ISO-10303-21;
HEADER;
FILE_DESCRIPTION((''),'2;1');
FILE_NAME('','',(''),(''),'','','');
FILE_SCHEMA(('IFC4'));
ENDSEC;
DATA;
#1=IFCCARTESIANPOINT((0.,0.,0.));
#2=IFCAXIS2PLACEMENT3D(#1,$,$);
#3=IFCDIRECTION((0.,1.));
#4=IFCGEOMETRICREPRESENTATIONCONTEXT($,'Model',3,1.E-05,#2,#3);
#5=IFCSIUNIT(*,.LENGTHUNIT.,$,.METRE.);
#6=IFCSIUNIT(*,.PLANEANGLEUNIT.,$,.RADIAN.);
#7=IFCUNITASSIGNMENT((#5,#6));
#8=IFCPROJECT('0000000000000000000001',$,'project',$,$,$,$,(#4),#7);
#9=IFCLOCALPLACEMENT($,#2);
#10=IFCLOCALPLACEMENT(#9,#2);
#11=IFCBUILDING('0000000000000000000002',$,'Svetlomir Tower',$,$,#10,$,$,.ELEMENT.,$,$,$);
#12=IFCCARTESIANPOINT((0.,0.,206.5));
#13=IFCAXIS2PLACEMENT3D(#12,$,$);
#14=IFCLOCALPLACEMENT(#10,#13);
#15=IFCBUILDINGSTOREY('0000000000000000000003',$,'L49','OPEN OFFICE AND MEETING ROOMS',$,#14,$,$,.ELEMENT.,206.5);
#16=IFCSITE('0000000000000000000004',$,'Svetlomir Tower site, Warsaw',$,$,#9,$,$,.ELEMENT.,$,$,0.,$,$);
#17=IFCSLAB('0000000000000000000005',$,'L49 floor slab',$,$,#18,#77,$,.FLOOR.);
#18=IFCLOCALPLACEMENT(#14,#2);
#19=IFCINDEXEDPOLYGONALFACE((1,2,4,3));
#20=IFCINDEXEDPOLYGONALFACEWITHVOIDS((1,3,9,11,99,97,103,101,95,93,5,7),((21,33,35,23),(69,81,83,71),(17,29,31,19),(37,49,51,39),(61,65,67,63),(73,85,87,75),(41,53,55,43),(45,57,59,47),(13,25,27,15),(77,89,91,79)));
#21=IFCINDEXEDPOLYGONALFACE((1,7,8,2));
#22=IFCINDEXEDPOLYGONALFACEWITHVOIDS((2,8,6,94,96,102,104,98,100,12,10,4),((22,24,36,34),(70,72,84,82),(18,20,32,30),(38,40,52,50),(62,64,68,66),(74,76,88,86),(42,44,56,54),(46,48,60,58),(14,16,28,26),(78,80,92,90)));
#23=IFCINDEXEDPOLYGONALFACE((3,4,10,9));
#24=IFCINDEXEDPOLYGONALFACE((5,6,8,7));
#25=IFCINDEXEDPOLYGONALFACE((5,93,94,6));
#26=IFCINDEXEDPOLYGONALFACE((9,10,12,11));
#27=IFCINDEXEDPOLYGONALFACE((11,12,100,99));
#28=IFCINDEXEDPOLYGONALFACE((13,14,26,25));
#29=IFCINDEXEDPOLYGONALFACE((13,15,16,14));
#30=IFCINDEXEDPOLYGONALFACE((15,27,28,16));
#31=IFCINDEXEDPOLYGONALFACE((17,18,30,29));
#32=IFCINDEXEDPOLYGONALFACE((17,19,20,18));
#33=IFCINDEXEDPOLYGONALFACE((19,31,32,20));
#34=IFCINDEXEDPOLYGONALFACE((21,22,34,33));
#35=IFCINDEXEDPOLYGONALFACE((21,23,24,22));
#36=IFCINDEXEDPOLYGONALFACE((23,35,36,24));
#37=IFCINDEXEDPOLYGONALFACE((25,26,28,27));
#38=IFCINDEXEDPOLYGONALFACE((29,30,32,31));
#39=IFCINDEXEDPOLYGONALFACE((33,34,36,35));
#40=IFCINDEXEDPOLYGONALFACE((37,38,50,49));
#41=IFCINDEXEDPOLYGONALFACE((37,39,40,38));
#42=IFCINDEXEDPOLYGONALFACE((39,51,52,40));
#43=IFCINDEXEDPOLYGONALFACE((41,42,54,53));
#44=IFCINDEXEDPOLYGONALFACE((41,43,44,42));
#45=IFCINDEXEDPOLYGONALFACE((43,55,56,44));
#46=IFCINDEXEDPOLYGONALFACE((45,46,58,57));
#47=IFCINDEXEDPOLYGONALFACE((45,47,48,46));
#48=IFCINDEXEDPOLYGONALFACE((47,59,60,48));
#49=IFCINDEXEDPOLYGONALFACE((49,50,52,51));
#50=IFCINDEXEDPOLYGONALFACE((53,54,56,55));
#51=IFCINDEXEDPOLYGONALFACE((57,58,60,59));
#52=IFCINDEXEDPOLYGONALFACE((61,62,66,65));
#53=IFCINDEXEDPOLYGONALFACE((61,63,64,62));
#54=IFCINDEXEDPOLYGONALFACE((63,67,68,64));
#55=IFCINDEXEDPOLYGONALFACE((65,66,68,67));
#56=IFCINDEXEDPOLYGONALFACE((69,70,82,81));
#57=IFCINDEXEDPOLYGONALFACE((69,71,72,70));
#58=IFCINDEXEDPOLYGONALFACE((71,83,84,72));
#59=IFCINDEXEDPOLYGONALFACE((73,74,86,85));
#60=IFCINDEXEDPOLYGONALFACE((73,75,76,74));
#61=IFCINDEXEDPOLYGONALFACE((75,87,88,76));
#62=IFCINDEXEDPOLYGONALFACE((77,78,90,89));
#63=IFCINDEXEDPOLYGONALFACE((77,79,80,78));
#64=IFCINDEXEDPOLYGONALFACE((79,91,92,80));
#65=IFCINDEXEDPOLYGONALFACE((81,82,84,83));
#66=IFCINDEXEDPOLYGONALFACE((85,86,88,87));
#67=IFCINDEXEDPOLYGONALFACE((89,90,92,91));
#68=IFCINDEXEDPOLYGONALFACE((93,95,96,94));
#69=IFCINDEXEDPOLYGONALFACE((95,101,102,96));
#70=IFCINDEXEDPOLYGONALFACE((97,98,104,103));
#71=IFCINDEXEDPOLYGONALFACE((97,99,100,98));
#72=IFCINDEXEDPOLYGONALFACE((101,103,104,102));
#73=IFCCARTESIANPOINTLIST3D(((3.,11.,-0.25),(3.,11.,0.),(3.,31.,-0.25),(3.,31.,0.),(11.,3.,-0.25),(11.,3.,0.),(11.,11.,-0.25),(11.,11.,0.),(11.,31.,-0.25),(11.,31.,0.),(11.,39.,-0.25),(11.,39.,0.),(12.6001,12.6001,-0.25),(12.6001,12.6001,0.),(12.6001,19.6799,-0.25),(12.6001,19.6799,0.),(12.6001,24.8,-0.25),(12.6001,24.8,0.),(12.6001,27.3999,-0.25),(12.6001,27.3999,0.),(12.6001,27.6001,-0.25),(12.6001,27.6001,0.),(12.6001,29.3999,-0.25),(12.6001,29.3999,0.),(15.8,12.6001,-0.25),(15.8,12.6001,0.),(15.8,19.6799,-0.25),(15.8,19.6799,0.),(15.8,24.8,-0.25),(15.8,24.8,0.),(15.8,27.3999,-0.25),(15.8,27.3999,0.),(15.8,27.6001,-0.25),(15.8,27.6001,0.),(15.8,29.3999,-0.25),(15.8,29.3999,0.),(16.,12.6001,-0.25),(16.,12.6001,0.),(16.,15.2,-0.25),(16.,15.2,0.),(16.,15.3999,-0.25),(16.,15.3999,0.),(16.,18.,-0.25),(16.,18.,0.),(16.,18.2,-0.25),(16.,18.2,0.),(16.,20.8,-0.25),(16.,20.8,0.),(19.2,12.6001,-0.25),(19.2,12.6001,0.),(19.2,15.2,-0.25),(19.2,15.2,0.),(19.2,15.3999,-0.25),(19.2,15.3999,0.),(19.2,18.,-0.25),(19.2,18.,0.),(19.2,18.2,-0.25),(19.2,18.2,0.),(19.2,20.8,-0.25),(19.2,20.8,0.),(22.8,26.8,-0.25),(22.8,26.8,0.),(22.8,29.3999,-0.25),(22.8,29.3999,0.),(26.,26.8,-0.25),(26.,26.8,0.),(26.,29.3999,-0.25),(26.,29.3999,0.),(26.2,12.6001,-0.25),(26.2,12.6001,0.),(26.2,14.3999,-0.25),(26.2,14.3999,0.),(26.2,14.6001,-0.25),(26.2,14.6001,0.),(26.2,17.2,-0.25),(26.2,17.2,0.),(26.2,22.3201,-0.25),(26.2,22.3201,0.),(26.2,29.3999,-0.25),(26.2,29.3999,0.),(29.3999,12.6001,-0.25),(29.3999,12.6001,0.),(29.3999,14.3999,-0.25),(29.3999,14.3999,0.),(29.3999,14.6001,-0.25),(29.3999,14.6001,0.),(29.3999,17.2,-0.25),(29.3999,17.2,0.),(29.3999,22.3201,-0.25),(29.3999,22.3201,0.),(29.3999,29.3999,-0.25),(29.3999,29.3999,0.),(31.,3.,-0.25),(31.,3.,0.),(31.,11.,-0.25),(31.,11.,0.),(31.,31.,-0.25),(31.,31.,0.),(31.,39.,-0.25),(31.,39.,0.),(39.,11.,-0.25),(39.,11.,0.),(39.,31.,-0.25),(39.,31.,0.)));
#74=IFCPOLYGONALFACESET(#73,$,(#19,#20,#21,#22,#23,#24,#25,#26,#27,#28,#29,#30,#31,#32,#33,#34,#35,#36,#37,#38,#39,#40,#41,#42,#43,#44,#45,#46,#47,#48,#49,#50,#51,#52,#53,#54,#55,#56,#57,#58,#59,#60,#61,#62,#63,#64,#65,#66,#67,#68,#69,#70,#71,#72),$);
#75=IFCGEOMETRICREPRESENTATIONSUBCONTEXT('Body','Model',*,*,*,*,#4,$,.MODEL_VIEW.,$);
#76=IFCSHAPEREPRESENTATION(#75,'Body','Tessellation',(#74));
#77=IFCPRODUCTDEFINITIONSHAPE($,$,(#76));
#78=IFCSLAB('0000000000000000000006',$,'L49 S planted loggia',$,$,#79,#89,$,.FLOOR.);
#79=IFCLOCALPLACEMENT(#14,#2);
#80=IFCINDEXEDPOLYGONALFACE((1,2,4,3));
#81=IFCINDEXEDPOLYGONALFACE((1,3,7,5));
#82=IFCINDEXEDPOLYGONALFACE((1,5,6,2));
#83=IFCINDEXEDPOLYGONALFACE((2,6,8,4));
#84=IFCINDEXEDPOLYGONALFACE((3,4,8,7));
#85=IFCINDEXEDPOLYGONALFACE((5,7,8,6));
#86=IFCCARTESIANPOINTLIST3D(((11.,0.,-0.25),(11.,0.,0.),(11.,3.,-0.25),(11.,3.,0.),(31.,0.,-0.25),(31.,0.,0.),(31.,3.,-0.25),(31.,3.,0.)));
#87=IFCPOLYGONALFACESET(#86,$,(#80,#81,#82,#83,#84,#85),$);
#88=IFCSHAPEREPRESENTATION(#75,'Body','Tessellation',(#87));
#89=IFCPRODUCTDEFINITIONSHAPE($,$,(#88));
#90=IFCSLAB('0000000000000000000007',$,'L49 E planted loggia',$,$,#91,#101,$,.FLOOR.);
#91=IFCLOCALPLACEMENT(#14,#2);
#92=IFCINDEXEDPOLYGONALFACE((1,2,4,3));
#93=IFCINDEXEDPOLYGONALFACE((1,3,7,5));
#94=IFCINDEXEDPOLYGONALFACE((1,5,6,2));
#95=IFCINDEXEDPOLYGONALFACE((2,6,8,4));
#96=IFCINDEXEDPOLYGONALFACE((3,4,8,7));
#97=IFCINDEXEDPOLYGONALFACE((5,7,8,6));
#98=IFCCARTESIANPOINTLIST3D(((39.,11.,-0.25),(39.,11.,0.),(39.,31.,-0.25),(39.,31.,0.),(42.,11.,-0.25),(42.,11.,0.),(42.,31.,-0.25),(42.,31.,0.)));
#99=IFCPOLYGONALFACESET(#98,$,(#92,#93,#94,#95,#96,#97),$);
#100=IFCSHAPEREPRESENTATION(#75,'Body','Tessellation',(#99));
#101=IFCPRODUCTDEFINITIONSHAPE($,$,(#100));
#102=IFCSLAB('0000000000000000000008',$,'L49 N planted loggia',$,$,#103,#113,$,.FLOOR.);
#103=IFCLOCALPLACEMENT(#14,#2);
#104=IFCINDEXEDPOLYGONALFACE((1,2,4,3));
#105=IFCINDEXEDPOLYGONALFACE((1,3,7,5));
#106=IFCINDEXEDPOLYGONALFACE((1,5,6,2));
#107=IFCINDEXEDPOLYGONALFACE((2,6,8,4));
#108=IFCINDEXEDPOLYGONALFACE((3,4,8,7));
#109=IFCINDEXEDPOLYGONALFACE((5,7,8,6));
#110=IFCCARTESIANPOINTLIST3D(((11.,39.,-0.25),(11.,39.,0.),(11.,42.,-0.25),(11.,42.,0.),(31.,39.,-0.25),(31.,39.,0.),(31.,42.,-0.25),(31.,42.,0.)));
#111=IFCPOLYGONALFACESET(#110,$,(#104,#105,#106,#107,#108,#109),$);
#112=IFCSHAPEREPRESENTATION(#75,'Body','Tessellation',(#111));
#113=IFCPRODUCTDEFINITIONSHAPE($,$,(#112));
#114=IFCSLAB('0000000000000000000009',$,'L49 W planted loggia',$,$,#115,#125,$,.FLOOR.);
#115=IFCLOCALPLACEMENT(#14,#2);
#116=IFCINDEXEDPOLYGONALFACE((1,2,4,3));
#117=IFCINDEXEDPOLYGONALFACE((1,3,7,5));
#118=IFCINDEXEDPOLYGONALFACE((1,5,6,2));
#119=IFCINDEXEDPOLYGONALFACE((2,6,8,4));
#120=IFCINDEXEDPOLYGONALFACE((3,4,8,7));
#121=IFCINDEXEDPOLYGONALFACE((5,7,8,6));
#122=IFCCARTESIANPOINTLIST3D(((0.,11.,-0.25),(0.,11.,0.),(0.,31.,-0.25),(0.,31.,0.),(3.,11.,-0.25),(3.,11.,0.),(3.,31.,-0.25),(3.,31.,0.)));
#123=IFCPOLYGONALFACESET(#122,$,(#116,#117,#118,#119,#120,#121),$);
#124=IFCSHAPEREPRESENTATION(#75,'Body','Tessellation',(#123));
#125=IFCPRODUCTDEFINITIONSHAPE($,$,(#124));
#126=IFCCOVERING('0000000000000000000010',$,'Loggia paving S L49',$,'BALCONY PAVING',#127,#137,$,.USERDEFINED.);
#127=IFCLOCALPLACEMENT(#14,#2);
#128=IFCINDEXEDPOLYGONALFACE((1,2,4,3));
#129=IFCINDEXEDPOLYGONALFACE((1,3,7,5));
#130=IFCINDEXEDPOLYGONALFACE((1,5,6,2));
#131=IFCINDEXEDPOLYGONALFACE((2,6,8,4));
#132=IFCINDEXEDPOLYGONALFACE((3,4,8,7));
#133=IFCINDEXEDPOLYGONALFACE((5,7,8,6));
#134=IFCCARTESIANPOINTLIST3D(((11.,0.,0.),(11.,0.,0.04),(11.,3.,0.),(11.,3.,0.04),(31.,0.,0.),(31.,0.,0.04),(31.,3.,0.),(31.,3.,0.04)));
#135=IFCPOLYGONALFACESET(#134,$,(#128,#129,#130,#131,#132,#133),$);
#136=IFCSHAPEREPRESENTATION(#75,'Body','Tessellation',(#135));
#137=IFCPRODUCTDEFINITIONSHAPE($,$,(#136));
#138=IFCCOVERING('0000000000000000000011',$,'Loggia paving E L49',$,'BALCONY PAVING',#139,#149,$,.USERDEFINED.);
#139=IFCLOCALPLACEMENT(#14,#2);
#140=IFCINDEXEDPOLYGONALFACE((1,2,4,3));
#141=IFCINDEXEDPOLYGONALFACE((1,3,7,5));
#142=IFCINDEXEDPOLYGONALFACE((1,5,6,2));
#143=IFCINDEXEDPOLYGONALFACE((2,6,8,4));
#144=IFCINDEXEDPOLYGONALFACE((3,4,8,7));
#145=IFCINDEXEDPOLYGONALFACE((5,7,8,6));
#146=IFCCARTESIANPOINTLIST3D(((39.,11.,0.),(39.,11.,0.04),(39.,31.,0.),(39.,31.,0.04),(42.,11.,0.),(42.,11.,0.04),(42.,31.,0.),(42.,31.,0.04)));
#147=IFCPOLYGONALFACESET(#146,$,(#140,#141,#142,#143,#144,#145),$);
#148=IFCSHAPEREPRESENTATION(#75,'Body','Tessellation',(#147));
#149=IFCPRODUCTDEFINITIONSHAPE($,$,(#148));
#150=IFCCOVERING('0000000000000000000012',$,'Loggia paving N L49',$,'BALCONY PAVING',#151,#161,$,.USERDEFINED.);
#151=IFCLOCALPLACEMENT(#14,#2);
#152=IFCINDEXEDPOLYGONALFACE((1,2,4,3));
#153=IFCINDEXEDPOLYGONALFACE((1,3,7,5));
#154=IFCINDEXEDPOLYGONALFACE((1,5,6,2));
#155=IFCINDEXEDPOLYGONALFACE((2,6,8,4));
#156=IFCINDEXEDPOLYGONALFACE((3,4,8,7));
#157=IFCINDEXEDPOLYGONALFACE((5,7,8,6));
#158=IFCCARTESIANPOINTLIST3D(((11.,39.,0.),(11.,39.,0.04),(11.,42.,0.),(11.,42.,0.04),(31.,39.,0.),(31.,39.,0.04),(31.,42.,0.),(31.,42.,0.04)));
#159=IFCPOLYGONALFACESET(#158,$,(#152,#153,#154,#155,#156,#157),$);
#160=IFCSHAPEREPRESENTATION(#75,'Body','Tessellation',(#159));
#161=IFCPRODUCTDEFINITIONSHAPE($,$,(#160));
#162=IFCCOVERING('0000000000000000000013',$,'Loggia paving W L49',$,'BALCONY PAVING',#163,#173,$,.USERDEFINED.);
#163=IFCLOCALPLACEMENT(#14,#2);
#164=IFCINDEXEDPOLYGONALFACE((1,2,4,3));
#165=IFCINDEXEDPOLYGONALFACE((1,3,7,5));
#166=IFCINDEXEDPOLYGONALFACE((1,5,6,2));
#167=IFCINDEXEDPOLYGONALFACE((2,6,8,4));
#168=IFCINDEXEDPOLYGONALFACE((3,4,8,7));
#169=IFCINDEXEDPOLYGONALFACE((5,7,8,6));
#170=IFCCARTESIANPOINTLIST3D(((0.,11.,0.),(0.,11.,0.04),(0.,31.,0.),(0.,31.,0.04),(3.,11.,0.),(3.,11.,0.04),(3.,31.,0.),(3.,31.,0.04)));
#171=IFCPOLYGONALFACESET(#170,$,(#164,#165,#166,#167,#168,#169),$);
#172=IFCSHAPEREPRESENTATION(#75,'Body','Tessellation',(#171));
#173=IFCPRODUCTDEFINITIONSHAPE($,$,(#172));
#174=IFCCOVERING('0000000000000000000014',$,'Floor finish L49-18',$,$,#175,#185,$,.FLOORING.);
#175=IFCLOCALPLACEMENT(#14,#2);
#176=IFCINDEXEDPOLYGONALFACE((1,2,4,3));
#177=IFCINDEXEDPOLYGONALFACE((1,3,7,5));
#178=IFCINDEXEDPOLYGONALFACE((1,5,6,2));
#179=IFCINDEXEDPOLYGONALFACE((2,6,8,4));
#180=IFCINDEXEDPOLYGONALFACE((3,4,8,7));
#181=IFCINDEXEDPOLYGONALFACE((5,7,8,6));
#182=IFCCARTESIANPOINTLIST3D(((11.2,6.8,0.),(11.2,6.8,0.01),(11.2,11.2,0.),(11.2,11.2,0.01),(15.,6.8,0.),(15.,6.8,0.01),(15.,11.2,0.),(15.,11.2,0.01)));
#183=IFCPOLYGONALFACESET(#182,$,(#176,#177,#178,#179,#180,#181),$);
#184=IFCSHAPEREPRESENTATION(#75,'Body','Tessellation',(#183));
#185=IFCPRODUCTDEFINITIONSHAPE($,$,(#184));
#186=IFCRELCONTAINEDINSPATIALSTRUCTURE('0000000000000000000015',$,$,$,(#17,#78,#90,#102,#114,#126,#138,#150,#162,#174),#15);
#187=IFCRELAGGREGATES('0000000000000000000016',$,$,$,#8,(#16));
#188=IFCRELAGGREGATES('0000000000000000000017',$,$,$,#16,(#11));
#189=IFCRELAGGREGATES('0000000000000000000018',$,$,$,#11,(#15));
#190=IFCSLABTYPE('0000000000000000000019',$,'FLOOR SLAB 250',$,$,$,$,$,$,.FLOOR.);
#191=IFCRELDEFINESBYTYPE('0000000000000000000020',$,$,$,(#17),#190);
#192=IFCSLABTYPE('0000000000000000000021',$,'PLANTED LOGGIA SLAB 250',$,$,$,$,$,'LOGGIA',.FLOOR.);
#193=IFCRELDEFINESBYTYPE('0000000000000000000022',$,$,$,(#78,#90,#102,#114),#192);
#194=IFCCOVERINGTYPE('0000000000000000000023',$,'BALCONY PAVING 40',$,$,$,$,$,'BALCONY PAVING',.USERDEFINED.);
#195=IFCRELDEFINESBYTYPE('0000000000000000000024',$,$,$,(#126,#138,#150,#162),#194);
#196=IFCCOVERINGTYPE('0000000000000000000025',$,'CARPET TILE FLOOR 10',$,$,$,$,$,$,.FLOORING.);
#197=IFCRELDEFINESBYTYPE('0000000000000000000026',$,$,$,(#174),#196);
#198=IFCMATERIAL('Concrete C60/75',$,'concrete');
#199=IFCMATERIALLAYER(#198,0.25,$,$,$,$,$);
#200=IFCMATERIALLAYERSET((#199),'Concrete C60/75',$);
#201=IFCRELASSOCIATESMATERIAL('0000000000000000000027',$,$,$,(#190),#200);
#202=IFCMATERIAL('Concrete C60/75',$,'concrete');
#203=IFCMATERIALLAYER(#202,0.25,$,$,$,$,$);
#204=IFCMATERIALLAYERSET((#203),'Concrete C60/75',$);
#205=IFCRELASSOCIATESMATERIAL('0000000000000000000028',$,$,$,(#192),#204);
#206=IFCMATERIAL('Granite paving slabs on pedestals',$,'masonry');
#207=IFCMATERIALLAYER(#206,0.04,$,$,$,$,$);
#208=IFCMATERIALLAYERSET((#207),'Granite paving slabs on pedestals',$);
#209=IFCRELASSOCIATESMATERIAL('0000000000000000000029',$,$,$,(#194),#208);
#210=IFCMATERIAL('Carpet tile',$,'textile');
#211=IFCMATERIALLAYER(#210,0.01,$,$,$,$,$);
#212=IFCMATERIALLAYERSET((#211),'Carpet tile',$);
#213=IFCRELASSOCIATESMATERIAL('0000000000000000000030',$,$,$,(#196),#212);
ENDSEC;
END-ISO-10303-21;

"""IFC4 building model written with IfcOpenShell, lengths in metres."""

from ifc_helpers import new_model, si_unit, direction, frame, origin, place, context, subcontext, project, spatial, polyline, outline, extrude, material, layer, layer_set, type_object, element, save


model = new_model("IFC4")

# Units and contexts
model_context = context("Model", 3, precision=1e-05, world=origin(), true_north=direction((0.0, 1.0)))
body_context = subcontext(model_context, "Body", "Model", "MODEL_VIEW")
ifc_project = project(units=[si_unit("LENGTHUNIT", "METRE"), si_unit("PLANEANGLEUNIT", "RADIAN")], contexts=[model_context])

# Site, building, storey
site_placement = place(None, origin())
site = spatial("IfcSite", under=ifc_project, at=site_placement, Name="Svetlomir Tower site, Warsaw", CompositionType="ELEMENT", RefElevation=0.0)
building_placement = place(site_placement, origin())
building = spatial("IfcBuilding", under=site, at=building_placement, Name="Svetlomir Tower", CompositionType="ELEMENT")
storey_placement = place(building_placement, frame((0.0, 0.0, 206.5)))
storey = spatial("IfcBuildingStorey", under=building, at=storey_placement, Name="L49", Description="OPEN OFFICE AND MEETING ROOMS", CompositionType="ELEMENT", Elevation=206.5)

# Slabs
ifc_material_1 = material(Name="Concrete C60/75", Category="concrete")
ifc_layer_1 = layer(ifc_material_1, 0.25)
ifc_layer_set_1 = layer_set([ifc_layer_1], Name="Concrete C60/75")
slab_type_1 = type_object("IfcSlabType", Name="FLOOR SLAB 250", PredefinedType="FLOOR", material=ifc_layer_set_1)
slab_1_placement = place(storey_placement, frame((0.0, 0.0, -0.25)))
element("IfcSlab", 1, at=slab_1_placement, inside=storey, type_object=slab_type_1, Name="L49 floor slab", PredefinedType="FLOOR", context=body_context, shape_type="SweptSolid", body=[
    extrude(outline(polyline([(11.0, 3.0), (31.0, 3.0), (31.0, 11.0), (39.0, 11.0), (39.0, 31.0), (31.0, 31.0), (31.0, 39.0), (11.0, 39.0), (11.0, 31.0), (3.0, 31.0), (3.0, 11.0), (11.0, 11.0), (11.0, 3.0)]), holes=[polyline([(12.6001, 24.8), (15.8, 24.8), (15.8, 27.3999), (12.6001, 27.3999), (12.6001, 24.8)]), polyline([(26.2, 14.6001), (29.3999, 14.6001), (29.3999, 17.2), (26.2, 17.2), (26.2, 14.6001)]), polyline([(16.0, 12.6001), (19.2, 12.6001), (19.2, 15.2), (16.0, 15.2), (16.0, 12.6001)]), polyline([(16.0, 15.3999), (19.2, 15.3999), (19.2, 18.0), (16.0, 18.0), (16.0, 15.3999)]), polyline([(16.0, 18.2), (19.2, 18.2), (19.2, 20.8), (16.0, 20.8), (16.0, 18.2)]), polyline([(22.8, 26.8), (26.0, 26.8), (26.0, 29.3999), (22.8, 29.3999), (22.8, 26.8)]), polyline([(12.6001, 27.6001), (15.8, 27.6001), (15.8, 29.3999), (12.6001, 29.3999), (12.6001, 27.6001)]), polyline([(26.2, 12.6001), (29.3999, 12.6001), (29.3999, 14.3999), (26.2, 14.3999), (26.2, 12.6001)]), polyline([(12.6001, 12.6001), (15.8, 12.6001), (15.8, 19.6799), (12.6001, 19.6799), (12.6001, 12.6001)]), polyline([(26.2, 22.3201), (29.3999, 22.3201), (29.3999, 29.3999), (26.2, 29.3999), (26.2, 22.3201)])]), origin(), (0.0, 0.0, 1.0), 0.25),
])
ifc_material_2 = material(Name="Concrete C60/75", Category="concrete")
ifc_layer_2 = layer(ifc_material_2, 0.25)
ifc_layer_set_2 = layer_set([ifc_layer_2], Name="Concrete C60/75")
slab_type_2 = type_object("IfcSlabType", Name="PLANTED LOGGIA SLAB 250", ElementType="LOGGIA", PredefinedType="FLOOR", material=ifc_layer_set_2)
slab_2_placement = place(storey_placement, frame((0.0, 0.0, -0.25)))
element("IfcSlab", 2, at=slab_2_placement, inside=storey, type_object=slab_type_2, Name="L49 S planted loggia", PredefinedType="FLOOR", context=body_context, shape_type="SweptSolid", body=[
    extrude(outline(polyline([(11.0, 0.0), (31.0, 0.0), (31.0, 3.0), (11.0, 3.0), (11.0, 0.0)])), origin(), (0.0, 0.0, 1.0), 0.25),
])
slab_3_placement = place(storey_placement, frame((0.0, 0.0, -0.25)))
element("IfcSlab", 3, at=slab_3_placement, inside=storey, type_object=slab_type_2, Name="L49 E planted loggia", PredefinedType="FLOOR", context=body_context, shape_type="SweptSolid", body=[
    extrude(outline(polyline([(39.0, 11.0), (42.0, 11.0), (42.0, 31.0), (39.0, 31.0), (39.0, 11.0)])), origin(), (0.0, 0.0, 1.0), 0.25),
])
slab_4_placement = place(storey_placement, frame((0.0, 0.0, -0.25)))
element("IfcSlab", 4, at=slab_4_placement, inside=storey, type_object=slab_type_2, Name="L49 N planted loggia", PredefinedType="FLOOR", context=body_context, shape_type="SweptSolid", body=[
    extrude(outline(polyline([(11.0, 39.0), (31.0, 39.0), (31.0, 42.0), (11.0, 42.0), (11.0, 39.0)])), origin(), (0.0, 0.0, 1.0), 0.25),
])
slab_5_placement = place(storey_placement, frame((0.0, 0.0, -0.25)))
element("IfcSlab", 5, at=slab_5_placement, inside=storey, type_object=slab_type_2, Name="L49 W planted loggia", PredefinedType="FLOOR", context=body_context, shape_type="SweptSolid", body=[
    extrude(outline(polyline([(0.0, 11.0), (3.0, 11.0), (3.0, 31.0), (0.0, 31.0), (0.0, 11.0)])), origin(), (0.0, 0.0, 1.0), 0.25),
])

# Coverings
ifc_material_3 = material(Name="Granite paving slabs on pedestals", Category="masonry")
ifc_layer_3 = layer(ifc_material_3, 0.04)
ifc_layer_set_3 = layer_set([ifc_layer_3], Name="Granite paving slabs on pedestals")
covering_type_1 = type_object("IfcCoveringType", Name="BALCONY PAVING 40", ElementType="BALCONY PAVING", PredefinedType="USERDEFINED", material=ifc_layer_set_3)
covering_1_placement = place(storey_placement, origin())
element("IfcCovering", 6, at=covering_1_placement, inside=storey, type_object=covering_type_1, Name="Loggia paving S L49", ObjectType="BALCONY PAVING", PredefinedType="USERDEFINED", context=body_context, shape_type="SweptSolid", body=[
    extrude(outline(polyline([(11.0, 0.0), (31.0, 0.0), (31.0, 3.0), (11.0, 3.0), (11.0, 0.0)])), origin(), (0.0, 0.0, 1.0), 0.04),
])
covering_2_placement = place(storey_placement, origin())
element("IfcCovering", 7, at=covering_2_placement, inside=storey, type_object=covering_type_1, Name="Loggia paving E L49", ObjectType="BALCONY PAVING", PredefinedType="USERDEFINED", context=body_context, shape_type="SweptSolid", body=[
    extrude(outline(polyline([(39.0, 11.0), (42.0, 11.0), (42.0, 31.0), (39.0, 31.0), (39.0, 11.0)])), origin(), (0.0, 0.0, 1.0), 0.04),
])
covering_3_placement = place(storey_placement, origin())
element("IfcCovering", 8, at=covering_3_placement, inside=storey, type_object=covering_type_1, Name="Loggia paving N L49", ObjectType="BALCONY PAVING", PredefinedType="USERDEFINED", context=body_context, shape_type="SweptSolid", body=[
    extrude(outline(polyline([(11.0, 39.0), (31.0, 39.0), (31.0, 42.0), (11.0, 42.0), (11.0, 39.0)])), origin(), (0.0, 0.0, 1.0), 0.04),
])
covering_4_placement = place(storey_placement, origin())
element("IfcCovering", 9, at=covering_4_placement, inside=storey, type_object=covering_type_1, Name="Loggia paving W L49", ObjectType="BALCONY PAVING", PredefinedType="USERDEFINED", context=body_context, shape_type="SweptSolid", body=[
    extrude(outline(polyline([(0.0, 11.0), (3.0, 11.0), (3.0, 31.0), (0.0, 31.0), (0.0, 11.0)])), origin(), (0.0, 0.0, 1.0), 0.04),
])
ifc_material_4 = material(Name="Carpet tile", Category="textile")
ifc_layer_4 = layer(ifc_material_4, 0.01)
ifc_layer_set_4 = layer_set([ifc_layer_4], Name="Carpet tile")
covering_type_2 = type_object("IfcCoveringType", Name="CARPET TILE FLOOR 10", PredefinedType="FLOORING", material=ifc_layer_set_4)
covering_5_placement = place(storey_placement, origin())
element("IfcCovering", 10, at=covering_5_placement, inside=storey, type_object=covering_type_2, Name="Floor finish L49-18", PredefinedType="FLOORING", context=body_context, shape_type="SweptSolid", body=[
    extrude(outline(polyline([(11.2, 6.8), (15.0, 6.8), (15.0, 11.2), (11.2, 11.2), (11.2, 6.8)])), origin(), (0.0, 0.0, 1.0), 0.01),
])

save(model, "model.ifc")
